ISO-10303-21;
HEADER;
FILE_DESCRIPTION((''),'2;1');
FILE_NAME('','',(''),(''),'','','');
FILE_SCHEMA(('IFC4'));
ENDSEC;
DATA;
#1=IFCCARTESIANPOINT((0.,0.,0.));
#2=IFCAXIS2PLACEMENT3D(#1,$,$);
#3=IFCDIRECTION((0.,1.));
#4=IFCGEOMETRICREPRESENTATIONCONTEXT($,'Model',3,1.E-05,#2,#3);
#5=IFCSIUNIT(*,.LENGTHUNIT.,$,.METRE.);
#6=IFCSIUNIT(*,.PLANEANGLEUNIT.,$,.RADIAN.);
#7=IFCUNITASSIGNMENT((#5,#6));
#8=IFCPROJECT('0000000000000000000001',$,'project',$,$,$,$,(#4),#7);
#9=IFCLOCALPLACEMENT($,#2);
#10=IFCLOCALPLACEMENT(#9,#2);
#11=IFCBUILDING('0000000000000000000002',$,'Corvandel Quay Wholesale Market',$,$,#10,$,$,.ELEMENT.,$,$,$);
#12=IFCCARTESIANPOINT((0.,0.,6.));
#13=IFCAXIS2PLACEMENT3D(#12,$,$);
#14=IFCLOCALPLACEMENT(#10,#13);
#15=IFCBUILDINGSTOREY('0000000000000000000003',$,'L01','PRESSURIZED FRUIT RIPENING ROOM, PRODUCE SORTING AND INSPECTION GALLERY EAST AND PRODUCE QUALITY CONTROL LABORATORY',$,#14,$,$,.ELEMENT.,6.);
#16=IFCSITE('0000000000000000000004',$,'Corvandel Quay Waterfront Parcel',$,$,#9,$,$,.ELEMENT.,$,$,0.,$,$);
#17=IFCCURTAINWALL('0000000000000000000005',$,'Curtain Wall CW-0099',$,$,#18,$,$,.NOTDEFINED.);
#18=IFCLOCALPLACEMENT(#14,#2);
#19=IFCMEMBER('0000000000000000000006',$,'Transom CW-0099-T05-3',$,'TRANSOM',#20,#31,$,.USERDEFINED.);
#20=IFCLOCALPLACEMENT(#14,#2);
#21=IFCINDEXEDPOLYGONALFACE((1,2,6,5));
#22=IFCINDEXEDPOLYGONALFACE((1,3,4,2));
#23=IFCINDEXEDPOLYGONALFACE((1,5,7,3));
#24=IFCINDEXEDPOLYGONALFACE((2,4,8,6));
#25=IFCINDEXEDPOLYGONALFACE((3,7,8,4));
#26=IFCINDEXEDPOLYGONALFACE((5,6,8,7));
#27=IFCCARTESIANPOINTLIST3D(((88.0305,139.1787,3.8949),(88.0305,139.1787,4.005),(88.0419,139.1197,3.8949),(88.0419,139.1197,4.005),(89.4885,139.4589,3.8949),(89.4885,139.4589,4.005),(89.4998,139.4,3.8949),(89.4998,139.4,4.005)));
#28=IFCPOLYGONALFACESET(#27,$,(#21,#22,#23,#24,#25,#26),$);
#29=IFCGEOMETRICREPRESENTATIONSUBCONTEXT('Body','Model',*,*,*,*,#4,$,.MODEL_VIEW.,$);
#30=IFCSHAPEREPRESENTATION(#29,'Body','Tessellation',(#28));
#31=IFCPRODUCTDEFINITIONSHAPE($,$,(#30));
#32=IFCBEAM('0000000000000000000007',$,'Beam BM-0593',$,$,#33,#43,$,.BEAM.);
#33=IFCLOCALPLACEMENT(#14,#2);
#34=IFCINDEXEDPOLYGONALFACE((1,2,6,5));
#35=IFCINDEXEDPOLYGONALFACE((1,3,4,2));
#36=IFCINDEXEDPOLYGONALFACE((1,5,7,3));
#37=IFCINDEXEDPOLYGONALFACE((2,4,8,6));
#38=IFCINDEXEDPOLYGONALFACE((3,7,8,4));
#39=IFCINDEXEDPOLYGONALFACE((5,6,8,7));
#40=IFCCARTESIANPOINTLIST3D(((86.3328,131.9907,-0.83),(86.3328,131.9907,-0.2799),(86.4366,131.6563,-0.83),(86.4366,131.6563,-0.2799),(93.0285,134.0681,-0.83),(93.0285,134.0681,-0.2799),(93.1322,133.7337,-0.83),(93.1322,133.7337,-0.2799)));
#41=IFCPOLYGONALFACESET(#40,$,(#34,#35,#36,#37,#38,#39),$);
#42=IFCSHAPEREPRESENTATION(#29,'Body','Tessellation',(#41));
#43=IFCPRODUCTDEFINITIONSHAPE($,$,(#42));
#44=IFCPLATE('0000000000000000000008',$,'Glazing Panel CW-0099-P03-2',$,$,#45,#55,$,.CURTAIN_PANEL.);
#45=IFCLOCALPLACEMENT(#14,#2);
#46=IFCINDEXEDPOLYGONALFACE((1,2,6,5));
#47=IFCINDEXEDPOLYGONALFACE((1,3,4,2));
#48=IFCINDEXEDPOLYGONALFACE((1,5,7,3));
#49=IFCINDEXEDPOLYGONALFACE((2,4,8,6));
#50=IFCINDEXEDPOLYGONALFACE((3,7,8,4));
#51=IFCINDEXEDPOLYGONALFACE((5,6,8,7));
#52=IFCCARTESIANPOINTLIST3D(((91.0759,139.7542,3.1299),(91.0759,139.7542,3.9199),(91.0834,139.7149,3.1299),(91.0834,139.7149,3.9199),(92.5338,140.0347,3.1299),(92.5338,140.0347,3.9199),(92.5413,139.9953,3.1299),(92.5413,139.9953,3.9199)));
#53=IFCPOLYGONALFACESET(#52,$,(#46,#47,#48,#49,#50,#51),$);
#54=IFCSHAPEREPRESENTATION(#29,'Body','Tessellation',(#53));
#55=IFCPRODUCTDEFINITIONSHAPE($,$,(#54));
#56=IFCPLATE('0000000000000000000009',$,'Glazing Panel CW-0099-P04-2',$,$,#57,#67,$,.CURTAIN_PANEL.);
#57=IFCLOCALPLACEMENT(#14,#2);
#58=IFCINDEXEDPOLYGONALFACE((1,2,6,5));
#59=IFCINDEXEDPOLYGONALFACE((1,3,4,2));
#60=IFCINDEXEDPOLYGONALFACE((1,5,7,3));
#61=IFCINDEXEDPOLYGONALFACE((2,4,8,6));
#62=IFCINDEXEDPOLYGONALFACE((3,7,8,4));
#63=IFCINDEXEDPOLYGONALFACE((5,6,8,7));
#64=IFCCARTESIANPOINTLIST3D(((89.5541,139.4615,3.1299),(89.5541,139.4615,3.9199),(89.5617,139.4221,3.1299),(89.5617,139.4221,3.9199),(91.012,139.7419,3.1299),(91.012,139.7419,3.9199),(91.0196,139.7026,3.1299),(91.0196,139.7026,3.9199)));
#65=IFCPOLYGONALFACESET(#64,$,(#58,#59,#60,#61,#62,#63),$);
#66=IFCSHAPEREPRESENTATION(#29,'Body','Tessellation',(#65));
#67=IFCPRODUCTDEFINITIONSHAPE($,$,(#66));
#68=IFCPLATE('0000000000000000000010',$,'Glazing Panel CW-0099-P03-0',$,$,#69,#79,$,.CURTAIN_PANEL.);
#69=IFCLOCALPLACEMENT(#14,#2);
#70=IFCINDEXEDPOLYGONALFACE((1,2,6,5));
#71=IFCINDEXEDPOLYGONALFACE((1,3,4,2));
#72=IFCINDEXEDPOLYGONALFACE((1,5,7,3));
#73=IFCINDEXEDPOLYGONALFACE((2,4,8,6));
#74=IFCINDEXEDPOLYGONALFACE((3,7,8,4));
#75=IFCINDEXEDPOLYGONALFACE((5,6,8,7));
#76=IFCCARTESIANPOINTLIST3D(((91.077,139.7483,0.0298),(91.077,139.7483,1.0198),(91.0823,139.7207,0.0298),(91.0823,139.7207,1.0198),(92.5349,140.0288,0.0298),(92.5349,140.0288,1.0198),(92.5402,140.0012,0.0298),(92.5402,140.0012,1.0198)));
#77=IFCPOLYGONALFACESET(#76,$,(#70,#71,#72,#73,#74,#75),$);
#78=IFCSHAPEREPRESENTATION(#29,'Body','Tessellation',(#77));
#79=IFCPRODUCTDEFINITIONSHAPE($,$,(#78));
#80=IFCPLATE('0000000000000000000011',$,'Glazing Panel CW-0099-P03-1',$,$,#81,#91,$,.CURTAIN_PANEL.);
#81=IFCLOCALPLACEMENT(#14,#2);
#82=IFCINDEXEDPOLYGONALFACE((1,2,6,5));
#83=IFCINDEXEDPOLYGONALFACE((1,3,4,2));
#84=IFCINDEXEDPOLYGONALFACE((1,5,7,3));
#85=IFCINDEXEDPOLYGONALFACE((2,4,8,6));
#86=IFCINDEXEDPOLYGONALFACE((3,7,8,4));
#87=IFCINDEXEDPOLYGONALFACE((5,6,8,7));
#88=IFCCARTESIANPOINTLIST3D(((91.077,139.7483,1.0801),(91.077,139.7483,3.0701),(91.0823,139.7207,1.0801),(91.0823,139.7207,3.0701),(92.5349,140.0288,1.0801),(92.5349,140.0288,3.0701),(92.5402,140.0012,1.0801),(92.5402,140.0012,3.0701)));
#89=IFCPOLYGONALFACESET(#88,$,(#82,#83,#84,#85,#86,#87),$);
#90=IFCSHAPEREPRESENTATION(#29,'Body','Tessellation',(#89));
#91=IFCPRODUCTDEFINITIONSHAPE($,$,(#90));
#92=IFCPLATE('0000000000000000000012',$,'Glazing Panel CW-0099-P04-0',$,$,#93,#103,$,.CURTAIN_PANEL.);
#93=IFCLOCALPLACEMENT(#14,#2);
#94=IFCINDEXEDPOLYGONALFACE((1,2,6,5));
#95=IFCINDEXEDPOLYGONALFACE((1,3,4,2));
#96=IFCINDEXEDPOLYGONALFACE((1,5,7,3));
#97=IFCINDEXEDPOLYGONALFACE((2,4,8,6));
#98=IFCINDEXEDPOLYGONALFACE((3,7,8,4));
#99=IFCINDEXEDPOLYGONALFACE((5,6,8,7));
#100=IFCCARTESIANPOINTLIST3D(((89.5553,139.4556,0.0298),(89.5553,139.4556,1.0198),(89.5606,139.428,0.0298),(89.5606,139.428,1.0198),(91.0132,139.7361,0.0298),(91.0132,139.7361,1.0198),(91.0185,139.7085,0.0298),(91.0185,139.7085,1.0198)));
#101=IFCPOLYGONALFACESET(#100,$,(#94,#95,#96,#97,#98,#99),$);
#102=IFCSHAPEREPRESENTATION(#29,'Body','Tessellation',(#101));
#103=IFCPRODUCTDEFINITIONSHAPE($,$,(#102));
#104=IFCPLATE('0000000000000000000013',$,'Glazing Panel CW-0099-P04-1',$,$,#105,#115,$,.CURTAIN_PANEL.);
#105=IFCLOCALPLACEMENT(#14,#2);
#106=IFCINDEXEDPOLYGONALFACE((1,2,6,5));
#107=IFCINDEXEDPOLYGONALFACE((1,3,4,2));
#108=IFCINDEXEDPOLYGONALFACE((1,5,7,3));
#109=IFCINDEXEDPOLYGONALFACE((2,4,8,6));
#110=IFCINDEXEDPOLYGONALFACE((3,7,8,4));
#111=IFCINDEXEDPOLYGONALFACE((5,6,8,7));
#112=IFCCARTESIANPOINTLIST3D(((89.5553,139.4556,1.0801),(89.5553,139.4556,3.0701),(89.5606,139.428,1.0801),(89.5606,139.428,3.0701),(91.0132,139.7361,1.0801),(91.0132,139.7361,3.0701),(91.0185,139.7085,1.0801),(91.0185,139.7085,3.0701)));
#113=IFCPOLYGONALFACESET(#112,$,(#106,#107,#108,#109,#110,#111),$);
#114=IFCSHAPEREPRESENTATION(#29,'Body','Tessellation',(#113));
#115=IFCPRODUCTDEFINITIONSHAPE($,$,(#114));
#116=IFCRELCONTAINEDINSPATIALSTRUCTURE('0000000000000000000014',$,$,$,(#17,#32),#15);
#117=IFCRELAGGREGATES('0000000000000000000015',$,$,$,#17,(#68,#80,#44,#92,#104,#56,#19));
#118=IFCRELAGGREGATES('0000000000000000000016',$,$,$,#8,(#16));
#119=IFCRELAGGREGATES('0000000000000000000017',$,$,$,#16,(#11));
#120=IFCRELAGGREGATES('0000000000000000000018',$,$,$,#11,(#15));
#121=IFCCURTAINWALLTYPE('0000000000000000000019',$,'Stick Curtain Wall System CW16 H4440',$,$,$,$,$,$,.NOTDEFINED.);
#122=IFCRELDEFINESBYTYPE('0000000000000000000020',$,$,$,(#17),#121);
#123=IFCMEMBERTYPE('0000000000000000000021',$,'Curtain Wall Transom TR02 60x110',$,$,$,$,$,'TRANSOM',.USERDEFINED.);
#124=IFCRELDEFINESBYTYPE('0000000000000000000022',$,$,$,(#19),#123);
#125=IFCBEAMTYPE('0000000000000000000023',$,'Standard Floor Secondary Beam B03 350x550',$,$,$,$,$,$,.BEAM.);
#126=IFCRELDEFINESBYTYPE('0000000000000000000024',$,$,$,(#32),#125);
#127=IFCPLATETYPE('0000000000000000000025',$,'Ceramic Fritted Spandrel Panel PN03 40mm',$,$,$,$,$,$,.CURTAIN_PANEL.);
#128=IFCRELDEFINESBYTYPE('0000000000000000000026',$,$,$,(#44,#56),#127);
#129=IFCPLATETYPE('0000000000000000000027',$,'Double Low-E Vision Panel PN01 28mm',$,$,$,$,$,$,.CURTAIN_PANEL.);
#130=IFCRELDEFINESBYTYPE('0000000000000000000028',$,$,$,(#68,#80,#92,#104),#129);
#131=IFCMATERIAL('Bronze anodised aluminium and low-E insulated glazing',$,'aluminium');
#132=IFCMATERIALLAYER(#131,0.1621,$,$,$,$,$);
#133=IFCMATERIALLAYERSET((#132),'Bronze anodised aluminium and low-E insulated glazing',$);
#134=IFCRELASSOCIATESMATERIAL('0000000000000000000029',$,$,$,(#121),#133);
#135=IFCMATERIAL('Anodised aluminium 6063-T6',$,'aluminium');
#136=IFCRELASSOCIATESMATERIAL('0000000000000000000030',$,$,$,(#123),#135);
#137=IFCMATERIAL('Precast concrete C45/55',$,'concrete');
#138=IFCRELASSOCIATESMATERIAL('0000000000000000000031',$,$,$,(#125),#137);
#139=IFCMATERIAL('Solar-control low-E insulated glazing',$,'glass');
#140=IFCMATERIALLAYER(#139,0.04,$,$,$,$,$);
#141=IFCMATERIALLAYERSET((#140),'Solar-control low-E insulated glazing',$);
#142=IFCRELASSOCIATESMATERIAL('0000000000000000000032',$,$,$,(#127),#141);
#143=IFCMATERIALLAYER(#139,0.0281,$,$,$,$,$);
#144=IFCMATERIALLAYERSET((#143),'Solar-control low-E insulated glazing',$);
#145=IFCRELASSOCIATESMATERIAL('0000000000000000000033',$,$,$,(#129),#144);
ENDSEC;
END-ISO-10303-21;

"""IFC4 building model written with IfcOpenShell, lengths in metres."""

from ifc_helpers import new_model, si_unit, direction, frame, origin, origin_2d, place, context, subcontext, project, spatial, rectangle, extrude, material, layer, layer_set, material_profile, profile_set, type_object, element, aggregate, save


model = new_model("IFC4")

# Units and contexts
model_context = context("Model", 3, precision=1e-05, world=origin(), true_north=direction((0.0, 1.0)))
body_context = subcontext(model_context, "Body", "Model", "MODEL_VIEW")
ifc_project = project(units=[si_unit("LENGTHUNIT", "METRE"), si_unit("PLANEANGLEUNIT", "RADIAN")], contexts=[model_context])

# Site, building, storey
site_placement = place(None, origin())
site = spatial("IfcSite", under=ifc_project, at=site_placement, Name="Corvandel Quay Waterfront Parcel", CompositionType="ELEMENT", RefElevation=0.0)
building_placement = place(site_placement, origin())
building = spatial("IfcBuilding", under=site, at=building_placement, Name="Corvandel Quay Wholesale Market", CompositionType="ELEMENT")
storey_placement = place(building_placement, frame((0.0, 0.0, 6.0)))
storey = spatial("IfcBuildingStorey", under=building, at=storey_placement, Name="L01", Description="PRESSURIZED FRUIT RIPENING ROOM, PRODUCE SORTING AND INSPECTION GALLERY EAST AND PRODUCE QUALITY CONTROL LABORATORY", CompositionType="ELEMENT", Elevation=6.0)

# Curtain wall, member
ifc_material_1 = material(Name="Bronze anodised aluminium and low-E insulated glazing", Category="aluminium")
ifc_layer_1 = layer(ifc_material_1, 0.1621)
ifc_layer_set_1 = layer_set([ifc_layer_1], Name="Bronze anodised aluminium and low-E insulated glazing")
curtain_wall_type = type_object("IfcCurtainWallType", Name="Stick Curtain Wall System CW16 H4440", PredefinedType="NOTDEFINED", material=ifc_layer_set_1)
curtain_wall_placement = place(storey_placement, origin())
curtain_wall = element("IfcCurtainWall", 1, at=curtain_wall_placement, inside=storey, type_object=curtain_wall_type, Name="Curtain Wall CW-0099", PredefinedType="NOTDEFINED")
ifc_material_2 = material(Name="Anodised aluminium 6063-T6", Category="aluminium")
ifc_material_profile_1 = material_profile(ifc_material_2, rectangle(XDim=0.0601, YDim=0.1101, at=origin_2d()), Name="ALU-TRN-60x110")
ifc_profile_set_1 = profile_set([ifc_material_profile_1], Name="Anodised aluminium 6063-T6")
member_type_1 = type_object("IfcMemberType", Name="Curtain Wall Transom TR02 60x110", ElementType="TRANSOM", PredefinedType="USERDEFINED", material=ifc_profile_set_1)
member_1_placement = place(storey_placement, frame((89.4941, 139.4294, 3.95), z_axis=(-0.982021, -0.188774, 0.0), x_axis=(0.188774, -0.982021, 0.0)))
member_1 = element("IfcMember", 2, at=member_1_placement, type_object=member_type_1, Name="Transom CW-0099-T05-3", ObjectType="TRANSOM", PredefinedType="USERDEFINED", context=body_context, shape_type="SweptSolid", body=[
    extrude(rectangle(XDim=0.0601, YDim=0.1101, at=origin_2d()), origin(), (0.0, 0.0, 1.0), 1.4846),
])

# Beam
ifc_material_3 = material(Name="Precast concrete C45/55", Category="concrete")
ifc_material_profile_2 = material_profile(ifc_material_3, rectangle(XDim=0.3501, YDim=0.55, at=origin_2d()), Name="PC-BM-350x550")
ifc_profile_set_2 = profile_set([ifc_material_profile_2], Name="Precast concrete C45/55")
beam_type = type_object("IfcBeamType", Name="Standard Floor Secondary Beam B03 350x550", PredefinedType="BEAM", material=ifc_profile_set_2)
beam_placement = place(storey_placement, frame((93.0803, 133.9009, -0.5549), z_axis=(-0.955086, -0.296329, 0.0), x_axis=(0.296329, -0.955086, 0.0)))
element("IfcBeam", 3, at=beam_placement, inside=storey, type_object=beam_type, Name="Beam BM-0593", PredefinedType="BEAM", context=body_context, shape_type="SweptSolid", body=[
    extrude(rectangle(XDim=0.3501, YDim=0.55, at=origin_2d()), origin(), (0.0, 0.0, 1.0), 7.0105),
])

# Plates
ifc_material_4 = material(Name="Solar-control low-E insulated glazing", Category="glass")
ifc_layer_2 = layer(ifc_material_4, 0.04)
ifc_layer_set_2 = layer_set([ifc_layer_2], Name="Solar-control low-E insulated glazing")
plate_type_1 = type_object("IfcPlateType", Name="Ceramic Fritted Spandrel Panel PN03 40mm", PredefinedType="CURTAIN_PANEL", material=ifc_layer_set_2)
plate_1_placement = place(storey_placement, frame((91.8086, 139.8748, 3.1299), z_axis=(0.0, 0.0, 1.0), x_axis=(0.981992, 0.188924, 0.0)))
plate_1 = element("IfcPlate", 4, at=plate_1_placement, type_object=plate_type_1, Name="Glazing Panel CW-0099-P03-2", PredefinedType="CURTAIN_PANEL", context=body_context, shape_type="SweptSolid", body=[
    extrude(rectangle(XDim=1.4846, YDim=0.04, at=origin_2d()), origin(), (0.0, 0.0, 1.0), 0.79),
])
plate_2_placement = place(storey_placement, frame((90.2869, 139.582, 3.1299), z_axis=(0.0, 0.0, 1.0), x_axis=(0.981992, 0.188924, 0.0)))
plate_2 = element("IfcPlate", 5, at=plate_2_placement, type_object=plate_type_1, Name="Glazing Panel CW-0099-P04-2", PredefinedType="CURTAIN_PANEL", context=body_context, shape_type="SweptSolid", body=[
    extrude(rectangle(XDim=1.4846, YDim=0.04, at=origin_2d()), origin(), (0.0, 0.0, 1.0), 0.79),
])
ifc_layer_3 = layer(ifc_material_4, 0.0281)
ifc_layer_set_3 = layer_set([ifc_layer_3], Name="Solar-control low-E insulated glazing")
plate_type_2 = type_object("IfcPlateType", Name="Double Low-E Vision Panel PN01 28mm", PredefinedType="CURTAIN_PANEL", material=ifc_layer_set_3)
plate_3_placement = place(storey_placement, frame((91.8086, 139.8748, 0.0298), z_axis=(0.0, 0.0, 1.0), x_axis=(0.981992, 0.188924, 0.0)))
plate_3 = element("IfcPlate", 6, at=plate_3_placement, type_object=plate_type_2, Name="Glazing Panel CW-0099-P03-0", PredefinedType="CURTAIN_PANEL", context=body_context, shape_type="SweptSolid", body=[
    extrude(rectangle(XDim=1.4846, YDim=0.0281, at=origin_2d()), origin(), (0.0, 0.0, 1.0), 0.99),
])
plate_4_placement = place(storey_placement, frame((91.8086, 139.8748, 1.0801), z_axis=(0.0, 0.0, 1.0), x_axis=(0.981992, 0.188924, 0.0)))
plate_4 = element("IfcPlate", 7, at=plate_4_placement, type_object=plate_type_2, Name="Glazing Panel CW-0099-P03-1", PredefinedType="CURTAIN_PANEL", context=body_context, shape_type="SweptSolid", body=[
    extrude(rectangle(XDim=1.4846, YDim=0.0281, at=origin_2d()), origin(), (0.0, 0.0, 1.0), 1.99),
])
plate_5_placement = place(storey_placement, frame((90.2869, 139.582, 0.0298), z_axis=(0.0, 0.0, 1.0), x_axis=(0.981992, 0.188924, 0.0)))
plate_5 = element("IfcPlate", 8, at=plate_5_placement, type_object=plate_type_2, Name="Glazing Panel CW-0099-P04-0", PredefinedType="CURTAIN_PANEL", context=body_context, shape_type="SweptSolid", body=[
    extrude(rectangle(XDim=1.4846, YDim=0.0281, at=origin_2d()), origin(), (0.0, 0.0, 1.0), 0.99),
])
plate_6_placement = place(storey_placement, frame((90.2869, 139.582, 1.0801), z_axis=(0.0, 0.0, 1.0), x_axis=(0.981992, 0.188924, 0.0)))
plate_6 = element("IfcPlate", 9, at=plate_6_placement, type_object=plate_type_2, Name="Glazing Panel CW-0099-P04-1", PredefinedType="CURTAIN_PANEL", context=body_context, shape_type="SweptSolid", body=[
    extrude(rectangle(XDim=1.4846, YDim=0.0281, at=origin_2d()), origin(), (0.0, 0.0, 1.0), 1.99),
])
aggregate(curtain_wall, [plate_3, plate_4, plate_1, plate_5, plate_6, plate_2, member_1])

save(model, "model.ifc")
